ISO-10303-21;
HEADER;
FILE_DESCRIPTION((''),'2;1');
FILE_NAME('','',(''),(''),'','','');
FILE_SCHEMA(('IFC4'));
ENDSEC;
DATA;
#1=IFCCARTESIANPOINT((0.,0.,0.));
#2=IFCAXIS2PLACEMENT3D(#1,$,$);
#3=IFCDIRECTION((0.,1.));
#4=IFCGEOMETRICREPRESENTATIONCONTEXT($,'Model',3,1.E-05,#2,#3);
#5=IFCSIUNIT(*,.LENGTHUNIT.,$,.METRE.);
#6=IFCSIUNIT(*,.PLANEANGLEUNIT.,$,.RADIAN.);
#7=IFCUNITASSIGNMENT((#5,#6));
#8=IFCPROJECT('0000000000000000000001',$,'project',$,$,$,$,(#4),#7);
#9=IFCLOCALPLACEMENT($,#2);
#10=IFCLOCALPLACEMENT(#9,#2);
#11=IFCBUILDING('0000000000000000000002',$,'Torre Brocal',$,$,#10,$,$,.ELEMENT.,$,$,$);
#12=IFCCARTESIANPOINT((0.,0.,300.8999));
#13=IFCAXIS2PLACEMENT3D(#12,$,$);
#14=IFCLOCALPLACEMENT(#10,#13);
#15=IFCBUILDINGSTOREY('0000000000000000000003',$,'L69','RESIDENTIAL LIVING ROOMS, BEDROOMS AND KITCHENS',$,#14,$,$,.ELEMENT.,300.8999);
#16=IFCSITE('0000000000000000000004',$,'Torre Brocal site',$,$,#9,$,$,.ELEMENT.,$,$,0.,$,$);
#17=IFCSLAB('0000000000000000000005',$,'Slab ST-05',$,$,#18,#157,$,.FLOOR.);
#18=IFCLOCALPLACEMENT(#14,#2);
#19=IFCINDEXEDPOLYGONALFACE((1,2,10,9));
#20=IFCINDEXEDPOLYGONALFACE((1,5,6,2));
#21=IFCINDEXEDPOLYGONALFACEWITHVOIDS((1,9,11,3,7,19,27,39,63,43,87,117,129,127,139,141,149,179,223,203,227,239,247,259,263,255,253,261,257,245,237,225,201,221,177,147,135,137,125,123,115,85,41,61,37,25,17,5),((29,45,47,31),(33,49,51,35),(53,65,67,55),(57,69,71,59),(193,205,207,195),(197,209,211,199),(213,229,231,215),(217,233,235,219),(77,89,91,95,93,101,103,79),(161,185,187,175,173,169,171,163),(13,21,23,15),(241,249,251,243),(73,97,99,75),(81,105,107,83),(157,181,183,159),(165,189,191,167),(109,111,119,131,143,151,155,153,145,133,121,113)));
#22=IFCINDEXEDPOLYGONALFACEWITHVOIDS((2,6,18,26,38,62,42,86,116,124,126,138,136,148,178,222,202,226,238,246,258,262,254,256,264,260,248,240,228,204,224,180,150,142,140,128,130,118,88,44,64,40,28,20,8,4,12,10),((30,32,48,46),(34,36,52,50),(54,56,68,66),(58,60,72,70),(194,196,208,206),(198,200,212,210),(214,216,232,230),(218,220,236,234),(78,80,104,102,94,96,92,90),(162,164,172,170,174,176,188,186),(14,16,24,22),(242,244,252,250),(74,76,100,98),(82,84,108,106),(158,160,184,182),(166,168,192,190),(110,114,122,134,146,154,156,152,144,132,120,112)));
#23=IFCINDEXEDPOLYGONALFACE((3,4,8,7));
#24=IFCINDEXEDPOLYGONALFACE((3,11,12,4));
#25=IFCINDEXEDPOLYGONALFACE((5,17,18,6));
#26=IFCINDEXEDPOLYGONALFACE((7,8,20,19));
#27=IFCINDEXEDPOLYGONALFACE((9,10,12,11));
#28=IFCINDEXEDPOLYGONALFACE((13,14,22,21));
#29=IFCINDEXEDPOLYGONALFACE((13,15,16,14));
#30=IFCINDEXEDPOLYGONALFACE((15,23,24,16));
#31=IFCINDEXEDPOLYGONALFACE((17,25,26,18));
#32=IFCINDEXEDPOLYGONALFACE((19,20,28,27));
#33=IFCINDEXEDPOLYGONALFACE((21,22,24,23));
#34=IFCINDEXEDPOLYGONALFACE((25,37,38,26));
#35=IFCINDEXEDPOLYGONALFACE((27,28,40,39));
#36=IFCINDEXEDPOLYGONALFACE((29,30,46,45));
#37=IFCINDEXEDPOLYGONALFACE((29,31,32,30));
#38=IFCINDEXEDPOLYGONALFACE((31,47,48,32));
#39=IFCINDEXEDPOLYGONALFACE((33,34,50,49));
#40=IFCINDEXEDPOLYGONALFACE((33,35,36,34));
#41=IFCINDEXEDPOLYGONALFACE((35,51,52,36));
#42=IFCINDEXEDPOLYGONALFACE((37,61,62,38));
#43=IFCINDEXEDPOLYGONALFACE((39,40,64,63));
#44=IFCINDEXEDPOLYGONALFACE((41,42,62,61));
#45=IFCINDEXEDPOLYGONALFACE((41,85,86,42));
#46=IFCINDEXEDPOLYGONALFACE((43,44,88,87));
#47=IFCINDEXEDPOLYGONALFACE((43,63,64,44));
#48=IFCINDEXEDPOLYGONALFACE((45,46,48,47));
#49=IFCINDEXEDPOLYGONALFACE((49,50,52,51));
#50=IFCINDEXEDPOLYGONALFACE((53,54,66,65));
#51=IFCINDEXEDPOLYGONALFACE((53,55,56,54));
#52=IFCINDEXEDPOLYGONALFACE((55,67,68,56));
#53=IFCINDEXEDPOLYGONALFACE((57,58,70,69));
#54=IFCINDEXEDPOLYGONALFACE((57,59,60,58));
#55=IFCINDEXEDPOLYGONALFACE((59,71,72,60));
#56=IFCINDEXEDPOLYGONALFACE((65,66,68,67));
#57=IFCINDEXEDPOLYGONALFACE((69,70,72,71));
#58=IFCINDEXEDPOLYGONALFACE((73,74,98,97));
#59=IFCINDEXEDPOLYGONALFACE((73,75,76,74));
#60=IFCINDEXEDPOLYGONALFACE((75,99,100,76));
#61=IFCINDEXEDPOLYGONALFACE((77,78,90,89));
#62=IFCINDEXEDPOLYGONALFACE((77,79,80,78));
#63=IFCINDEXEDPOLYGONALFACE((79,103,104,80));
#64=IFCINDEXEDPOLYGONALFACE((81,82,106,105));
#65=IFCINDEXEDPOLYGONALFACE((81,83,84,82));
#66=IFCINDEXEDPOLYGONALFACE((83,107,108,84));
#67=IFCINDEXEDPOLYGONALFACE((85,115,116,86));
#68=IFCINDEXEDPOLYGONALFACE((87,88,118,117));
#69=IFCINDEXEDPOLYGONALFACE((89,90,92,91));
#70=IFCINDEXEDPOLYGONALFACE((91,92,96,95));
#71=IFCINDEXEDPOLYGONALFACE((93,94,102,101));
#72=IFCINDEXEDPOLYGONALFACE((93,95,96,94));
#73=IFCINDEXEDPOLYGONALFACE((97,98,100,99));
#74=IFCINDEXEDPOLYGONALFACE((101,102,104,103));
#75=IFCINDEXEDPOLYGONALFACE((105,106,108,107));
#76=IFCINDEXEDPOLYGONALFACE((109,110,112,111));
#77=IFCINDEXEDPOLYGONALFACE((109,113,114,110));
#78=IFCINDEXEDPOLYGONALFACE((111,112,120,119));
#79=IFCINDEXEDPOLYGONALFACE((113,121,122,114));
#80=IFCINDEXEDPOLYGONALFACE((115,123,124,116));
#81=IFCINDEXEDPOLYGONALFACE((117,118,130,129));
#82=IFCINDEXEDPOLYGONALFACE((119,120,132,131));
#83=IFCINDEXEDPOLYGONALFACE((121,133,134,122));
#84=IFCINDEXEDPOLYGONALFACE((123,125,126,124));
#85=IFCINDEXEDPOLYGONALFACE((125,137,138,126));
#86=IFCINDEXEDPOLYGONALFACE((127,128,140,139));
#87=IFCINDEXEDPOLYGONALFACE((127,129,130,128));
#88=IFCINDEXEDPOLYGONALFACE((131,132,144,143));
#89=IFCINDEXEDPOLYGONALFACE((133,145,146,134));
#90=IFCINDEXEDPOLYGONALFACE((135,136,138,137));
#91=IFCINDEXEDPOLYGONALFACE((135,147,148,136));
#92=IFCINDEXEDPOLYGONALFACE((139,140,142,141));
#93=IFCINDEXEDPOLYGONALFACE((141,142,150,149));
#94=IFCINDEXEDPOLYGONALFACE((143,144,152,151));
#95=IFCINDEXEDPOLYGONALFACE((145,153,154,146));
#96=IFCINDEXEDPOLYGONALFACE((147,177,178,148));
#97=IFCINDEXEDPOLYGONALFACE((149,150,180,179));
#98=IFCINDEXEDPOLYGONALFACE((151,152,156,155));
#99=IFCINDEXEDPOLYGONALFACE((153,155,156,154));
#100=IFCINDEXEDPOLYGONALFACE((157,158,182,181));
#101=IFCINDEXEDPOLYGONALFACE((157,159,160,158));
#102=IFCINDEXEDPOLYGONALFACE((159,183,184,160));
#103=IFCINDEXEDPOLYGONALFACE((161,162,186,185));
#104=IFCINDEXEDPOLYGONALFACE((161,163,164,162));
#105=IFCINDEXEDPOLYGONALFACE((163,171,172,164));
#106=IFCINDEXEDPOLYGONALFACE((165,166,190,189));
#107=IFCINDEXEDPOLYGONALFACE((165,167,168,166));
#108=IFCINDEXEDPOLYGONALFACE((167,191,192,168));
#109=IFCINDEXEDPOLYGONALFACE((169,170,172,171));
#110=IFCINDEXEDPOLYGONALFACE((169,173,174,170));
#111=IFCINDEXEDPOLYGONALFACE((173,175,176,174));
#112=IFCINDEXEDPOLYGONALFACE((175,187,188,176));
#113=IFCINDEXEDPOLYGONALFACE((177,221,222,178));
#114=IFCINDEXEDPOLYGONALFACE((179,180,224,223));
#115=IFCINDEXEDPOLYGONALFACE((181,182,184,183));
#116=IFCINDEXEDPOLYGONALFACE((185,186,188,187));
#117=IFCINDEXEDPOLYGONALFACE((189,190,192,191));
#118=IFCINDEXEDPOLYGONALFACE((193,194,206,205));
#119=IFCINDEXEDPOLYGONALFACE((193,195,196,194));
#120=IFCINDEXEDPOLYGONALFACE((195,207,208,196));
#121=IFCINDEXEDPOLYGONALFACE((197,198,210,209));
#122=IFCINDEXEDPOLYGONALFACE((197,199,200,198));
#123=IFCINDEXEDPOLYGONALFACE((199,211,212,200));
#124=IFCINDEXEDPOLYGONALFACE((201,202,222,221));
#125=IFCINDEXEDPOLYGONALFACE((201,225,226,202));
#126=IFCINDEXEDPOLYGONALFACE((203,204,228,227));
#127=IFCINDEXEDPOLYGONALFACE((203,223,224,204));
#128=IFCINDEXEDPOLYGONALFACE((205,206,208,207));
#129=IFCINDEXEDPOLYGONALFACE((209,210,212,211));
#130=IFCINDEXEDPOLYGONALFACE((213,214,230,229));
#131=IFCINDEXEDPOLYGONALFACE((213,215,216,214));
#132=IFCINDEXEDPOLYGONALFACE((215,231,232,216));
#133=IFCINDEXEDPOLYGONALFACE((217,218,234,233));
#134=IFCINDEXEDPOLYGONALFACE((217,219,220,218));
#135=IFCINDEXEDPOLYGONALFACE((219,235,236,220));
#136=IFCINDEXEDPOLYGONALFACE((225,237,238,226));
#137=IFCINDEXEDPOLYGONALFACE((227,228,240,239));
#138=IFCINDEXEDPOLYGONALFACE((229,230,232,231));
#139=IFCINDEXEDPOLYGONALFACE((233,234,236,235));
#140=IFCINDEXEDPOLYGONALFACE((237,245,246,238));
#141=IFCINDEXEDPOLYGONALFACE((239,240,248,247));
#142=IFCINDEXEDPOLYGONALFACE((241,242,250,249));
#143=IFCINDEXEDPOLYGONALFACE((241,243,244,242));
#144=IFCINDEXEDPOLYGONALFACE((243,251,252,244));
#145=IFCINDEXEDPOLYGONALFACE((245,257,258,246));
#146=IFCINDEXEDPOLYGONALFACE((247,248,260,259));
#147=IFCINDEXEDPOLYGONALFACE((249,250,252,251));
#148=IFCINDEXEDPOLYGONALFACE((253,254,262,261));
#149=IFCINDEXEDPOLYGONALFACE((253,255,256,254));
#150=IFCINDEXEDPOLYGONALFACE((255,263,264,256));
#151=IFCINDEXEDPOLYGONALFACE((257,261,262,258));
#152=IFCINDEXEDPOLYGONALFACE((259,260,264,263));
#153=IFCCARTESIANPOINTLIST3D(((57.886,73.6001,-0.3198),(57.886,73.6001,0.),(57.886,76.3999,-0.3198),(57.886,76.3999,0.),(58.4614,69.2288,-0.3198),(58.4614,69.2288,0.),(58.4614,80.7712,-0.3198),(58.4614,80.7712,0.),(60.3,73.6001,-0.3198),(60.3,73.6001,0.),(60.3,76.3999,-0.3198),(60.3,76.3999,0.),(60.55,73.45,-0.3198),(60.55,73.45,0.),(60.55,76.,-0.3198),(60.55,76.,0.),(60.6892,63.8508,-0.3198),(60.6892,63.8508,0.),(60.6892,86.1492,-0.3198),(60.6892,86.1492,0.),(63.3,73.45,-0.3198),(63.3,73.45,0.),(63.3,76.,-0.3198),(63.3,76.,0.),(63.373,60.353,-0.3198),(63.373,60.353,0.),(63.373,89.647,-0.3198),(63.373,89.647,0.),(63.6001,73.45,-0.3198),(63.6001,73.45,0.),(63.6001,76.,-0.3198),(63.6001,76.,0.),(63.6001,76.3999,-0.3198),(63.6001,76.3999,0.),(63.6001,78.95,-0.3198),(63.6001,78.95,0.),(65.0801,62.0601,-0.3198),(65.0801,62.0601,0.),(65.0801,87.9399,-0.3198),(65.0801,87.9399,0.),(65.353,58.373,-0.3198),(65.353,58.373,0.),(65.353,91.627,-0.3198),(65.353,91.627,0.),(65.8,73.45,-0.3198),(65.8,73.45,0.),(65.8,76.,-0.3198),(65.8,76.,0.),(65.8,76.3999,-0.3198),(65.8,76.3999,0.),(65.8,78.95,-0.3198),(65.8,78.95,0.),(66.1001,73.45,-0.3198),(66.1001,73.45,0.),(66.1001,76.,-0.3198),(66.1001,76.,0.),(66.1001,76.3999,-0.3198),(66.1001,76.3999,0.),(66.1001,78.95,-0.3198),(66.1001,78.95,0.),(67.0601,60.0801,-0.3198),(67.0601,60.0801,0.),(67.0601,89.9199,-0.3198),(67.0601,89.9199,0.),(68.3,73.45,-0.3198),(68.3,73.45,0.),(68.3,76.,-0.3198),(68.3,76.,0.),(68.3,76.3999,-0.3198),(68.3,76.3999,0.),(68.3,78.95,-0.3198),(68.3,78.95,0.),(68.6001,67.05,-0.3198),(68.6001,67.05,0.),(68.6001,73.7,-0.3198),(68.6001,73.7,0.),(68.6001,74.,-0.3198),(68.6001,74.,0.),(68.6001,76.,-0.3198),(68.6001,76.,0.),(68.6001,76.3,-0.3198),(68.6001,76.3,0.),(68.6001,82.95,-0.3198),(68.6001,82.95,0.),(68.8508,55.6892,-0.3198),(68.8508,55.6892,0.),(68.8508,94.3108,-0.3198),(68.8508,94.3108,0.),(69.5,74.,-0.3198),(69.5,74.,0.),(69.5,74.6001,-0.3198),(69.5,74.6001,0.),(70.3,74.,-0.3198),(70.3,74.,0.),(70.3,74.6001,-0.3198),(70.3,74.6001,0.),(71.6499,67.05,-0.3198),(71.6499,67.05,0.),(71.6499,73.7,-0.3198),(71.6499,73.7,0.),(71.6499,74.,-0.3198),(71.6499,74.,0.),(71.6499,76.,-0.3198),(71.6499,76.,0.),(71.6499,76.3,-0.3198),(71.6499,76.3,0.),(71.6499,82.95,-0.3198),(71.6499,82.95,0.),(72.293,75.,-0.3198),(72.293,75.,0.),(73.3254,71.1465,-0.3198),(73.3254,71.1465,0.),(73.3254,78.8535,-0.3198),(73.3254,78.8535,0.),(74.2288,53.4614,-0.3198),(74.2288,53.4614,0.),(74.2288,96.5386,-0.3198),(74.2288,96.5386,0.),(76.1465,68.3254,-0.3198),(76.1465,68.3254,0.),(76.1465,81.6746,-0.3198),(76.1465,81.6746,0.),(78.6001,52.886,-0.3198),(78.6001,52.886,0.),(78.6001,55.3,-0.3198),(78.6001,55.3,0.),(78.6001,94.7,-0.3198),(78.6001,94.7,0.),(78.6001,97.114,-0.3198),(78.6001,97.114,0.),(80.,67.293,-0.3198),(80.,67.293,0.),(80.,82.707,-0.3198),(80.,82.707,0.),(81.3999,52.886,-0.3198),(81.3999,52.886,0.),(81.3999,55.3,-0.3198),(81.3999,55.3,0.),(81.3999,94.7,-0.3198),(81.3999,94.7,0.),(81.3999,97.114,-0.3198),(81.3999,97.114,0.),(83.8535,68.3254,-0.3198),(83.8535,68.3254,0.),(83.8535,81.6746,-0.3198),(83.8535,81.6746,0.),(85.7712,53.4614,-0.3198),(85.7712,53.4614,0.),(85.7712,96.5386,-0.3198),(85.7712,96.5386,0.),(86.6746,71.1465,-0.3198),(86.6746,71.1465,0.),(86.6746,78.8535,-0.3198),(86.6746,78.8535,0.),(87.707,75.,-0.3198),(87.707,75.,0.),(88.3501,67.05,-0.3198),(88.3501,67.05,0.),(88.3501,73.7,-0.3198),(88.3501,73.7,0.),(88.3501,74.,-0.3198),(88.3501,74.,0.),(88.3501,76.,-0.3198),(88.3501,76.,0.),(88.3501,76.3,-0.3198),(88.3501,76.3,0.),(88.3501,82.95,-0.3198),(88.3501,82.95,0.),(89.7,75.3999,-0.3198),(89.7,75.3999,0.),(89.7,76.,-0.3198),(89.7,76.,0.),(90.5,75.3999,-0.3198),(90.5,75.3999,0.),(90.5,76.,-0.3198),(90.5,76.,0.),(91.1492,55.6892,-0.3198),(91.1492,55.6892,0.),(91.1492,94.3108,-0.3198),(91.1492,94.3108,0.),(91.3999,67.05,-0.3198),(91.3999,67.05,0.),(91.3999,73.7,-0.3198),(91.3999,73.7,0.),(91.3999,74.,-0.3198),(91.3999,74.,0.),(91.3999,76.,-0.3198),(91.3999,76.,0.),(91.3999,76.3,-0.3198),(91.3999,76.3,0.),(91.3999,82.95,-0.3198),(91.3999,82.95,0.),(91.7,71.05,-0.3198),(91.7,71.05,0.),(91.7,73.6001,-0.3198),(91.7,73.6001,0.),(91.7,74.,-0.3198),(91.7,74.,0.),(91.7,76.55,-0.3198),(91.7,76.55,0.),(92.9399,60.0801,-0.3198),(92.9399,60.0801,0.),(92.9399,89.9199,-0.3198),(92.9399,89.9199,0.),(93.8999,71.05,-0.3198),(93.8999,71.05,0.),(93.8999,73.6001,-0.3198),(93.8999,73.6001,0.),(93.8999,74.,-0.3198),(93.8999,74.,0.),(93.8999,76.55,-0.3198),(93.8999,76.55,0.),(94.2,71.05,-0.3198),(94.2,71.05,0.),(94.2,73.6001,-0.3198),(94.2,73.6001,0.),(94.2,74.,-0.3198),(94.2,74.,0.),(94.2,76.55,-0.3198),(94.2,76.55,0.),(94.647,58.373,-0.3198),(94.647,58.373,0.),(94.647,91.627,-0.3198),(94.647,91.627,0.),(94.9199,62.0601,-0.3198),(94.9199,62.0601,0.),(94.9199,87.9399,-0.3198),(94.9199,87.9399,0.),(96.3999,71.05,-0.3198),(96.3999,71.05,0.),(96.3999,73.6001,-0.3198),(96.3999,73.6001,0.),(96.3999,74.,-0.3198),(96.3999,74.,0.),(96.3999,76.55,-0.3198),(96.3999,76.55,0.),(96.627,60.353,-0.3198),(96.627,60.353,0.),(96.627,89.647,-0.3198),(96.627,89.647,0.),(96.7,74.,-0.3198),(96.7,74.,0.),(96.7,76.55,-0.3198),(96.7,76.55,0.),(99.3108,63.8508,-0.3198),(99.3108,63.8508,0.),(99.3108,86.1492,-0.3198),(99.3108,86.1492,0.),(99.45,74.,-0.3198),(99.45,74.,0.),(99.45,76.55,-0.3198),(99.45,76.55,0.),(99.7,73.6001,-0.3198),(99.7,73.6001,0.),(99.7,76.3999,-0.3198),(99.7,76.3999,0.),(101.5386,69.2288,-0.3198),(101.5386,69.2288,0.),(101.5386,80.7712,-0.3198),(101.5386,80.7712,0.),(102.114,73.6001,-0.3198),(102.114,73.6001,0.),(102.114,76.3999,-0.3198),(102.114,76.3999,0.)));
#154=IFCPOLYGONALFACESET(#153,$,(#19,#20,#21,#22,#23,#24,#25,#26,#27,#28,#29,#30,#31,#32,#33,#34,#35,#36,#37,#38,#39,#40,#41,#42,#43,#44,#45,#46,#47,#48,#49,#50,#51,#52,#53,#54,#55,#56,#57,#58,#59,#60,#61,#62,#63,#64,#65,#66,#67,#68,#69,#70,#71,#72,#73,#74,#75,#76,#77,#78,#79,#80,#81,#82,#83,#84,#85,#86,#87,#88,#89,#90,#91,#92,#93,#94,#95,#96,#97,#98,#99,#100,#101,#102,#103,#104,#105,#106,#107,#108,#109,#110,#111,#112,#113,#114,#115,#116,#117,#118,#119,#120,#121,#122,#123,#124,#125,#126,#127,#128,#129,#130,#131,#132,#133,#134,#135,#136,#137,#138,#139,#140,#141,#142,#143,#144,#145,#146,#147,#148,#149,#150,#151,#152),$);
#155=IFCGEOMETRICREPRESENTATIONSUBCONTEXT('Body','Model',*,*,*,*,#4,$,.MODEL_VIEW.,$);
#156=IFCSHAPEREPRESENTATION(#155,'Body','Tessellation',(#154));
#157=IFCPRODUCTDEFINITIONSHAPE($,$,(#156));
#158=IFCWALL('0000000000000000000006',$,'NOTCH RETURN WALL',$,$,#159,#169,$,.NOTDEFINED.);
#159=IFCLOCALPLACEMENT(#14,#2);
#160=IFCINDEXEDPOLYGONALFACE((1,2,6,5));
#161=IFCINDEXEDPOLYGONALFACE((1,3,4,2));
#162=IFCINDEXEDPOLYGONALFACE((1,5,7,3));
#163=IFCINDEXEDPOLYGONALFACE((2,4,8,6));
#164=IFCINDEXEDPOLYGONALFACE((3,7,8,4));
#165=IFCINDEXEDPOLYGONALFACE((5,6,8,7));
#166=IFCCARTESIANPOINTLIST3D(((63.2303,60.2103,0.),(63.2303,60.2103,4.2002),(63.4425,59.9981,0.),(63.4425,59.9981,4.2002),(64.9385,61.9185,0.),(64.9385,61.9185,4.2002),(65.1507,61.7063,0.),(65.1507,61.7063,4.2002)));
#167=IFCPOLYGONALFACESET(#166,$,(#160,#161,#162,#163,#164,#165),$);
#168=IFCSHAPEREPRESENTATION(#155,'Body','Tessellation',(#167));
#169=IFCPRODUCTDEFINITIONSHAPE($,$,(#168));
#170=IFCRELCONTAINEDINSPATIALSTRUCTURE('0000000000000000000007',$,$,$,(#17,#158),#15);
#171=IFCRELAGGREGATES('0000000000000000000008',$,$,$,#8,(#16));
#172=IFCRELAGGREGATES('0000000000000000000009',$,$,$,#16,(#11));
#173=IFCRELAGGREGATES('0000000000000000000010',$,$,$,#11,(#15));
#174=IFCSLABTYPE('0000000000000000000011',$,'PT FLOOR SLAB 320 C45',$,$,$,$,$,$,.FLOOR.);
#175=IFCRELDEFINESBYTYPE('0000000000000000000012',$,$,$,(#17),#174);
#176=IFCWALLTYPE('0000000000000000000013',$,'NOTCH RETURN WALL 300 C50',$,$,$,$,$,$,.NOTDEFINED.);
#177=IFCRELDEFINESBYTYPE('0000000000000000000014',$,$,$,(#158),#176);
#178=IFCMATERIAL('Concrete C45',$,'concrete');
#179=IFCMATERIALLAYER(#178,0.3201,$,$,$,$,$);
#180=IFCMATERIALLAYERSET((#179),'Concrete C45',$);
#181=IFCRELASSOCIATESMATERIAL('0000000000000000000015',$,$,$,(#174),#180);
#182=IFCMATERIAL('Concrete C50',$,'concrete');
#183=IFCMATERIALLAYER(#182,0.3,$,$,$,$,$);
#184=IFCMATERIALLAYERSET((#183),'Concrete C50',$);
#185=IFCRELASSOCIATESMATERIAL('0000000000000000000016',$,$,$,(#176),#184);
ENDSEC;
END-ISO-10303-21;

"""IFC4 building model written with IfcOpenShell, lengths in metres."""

from ifc_helpers import new_model, si_unit, direction, frame, frame_2d, origin, place, context, subcontext, project, spatial, polyline, rectangle, outline, extrude, material, layer, layer_set, type_object, element, save


model = new_model("IFC4")

# Units and contexts
model_context = context("Model", 3, precision=1e-05, world=origin(), true_north=direction((0.0, 1.0)))
body_context = subcontext(model_context, "Body", "Model", "MODEL_VIEW")
ifc_project = project(units=[si_unit("LENGTHUNIT", "METRE"), si_unit("PLANEANGLEUNIT", "RADIAN")], contexts=[model_context])

# Site, building, storey
site_placement = place(None, origin())
site = spatial("IfcSite", under=ifc_project, at=site_placement, Name="Torre Brocal site", CompositionType="ELEMENT", RefElevation=0.0)
building_placement = place(site_placement, origin())
building = spatial("IfcBuilding", under=site, at=building_placement, Name="Torre Brocal", CompositionType="ELEMENT")
storey_placement = place(building_placement, frame((0.0, 0.0, 300.8999)))
storey = spatial("IfcBuildingStorey", under=building, at=storey_placement, Name="L69", Description="RESIDENTIAL LIVING ROOMS, BEDROOMS AND KITCHENS", CompositionType="ELEMENT", Elevation=300.8999)

# Slab
ifc_material_1 = material(Name="Concrete C45", Category="concrete")
ifc_layer_1 = layer(ifc_material_1, 0.3201)
ifc_layer_set_1 = layer_set([ifc_layer_1], Name="Concrete C45")
slab_type_1 = type_object("IfcSlabType", Name="PT FLOOR SLAB 320 C45", PredefinedType="FLOOR", material=ifc_layer_set_1)
slab_1_placement = place(storey_placement, frame((0.0, 0.0, -0.3198)))
element("IfcSlab", 1, at=slab_1_placement, inside=storey, type_object=slab_type_1, Name="Slab ST-05", PredefinedType="FLOOR", context=body_context, shape_type="SweptSolid", body=[
    extrude(outline(polyline([(99.7, 76.3999), (99.7, 73.6001), (102.114, 73.6001), (101.5386, 69.2288), (99.3108, 63.8508), (96.627, 60.353), (94.9199, 62.0601), (92.9399, 60.0801), (94.647, 58.373), (91.1492, 55.6892), (85.7712, 53.4614), (81.3999, 52.886), (81.3999, 55.3), (78.6001, 55.3), (78.6001, 52.886), (74.2288, 53.4614), (68.8508, 55.6892), (65.353, 58.373), (67.0601, 60.0801), (65.0801, 62.0601), (63.373, 60.353), (60.6892, 63.8508), (58.4614, 69.2288), (57.886, 73.6001), (60.3, 73.6001), (60.3, 76.3999), (57.886, 76.3999), (58.4614, 80.7712), (60.6892, 86.1492), (63.373, 89.647), (65.0801, 87.9399), (67.0601, 89.9199), (65.353, 91.627), (68.8508, 94.3108), (74.2288, 96.5386), (78.6001, 97.114), (78.6001, 94.7), (81.3999, 94.7), (81.3999, 97.114), (85.7712, 96.5386), (91.1492, 94.3108), (94.647, 91.627), (92.9399, 89.9199), (94.9199, 87.9399), (96.627, 89.647), (99.3108, 86.1492), (101.5386, 80.7712), (102.114, 76.3999), (99.7, 76.3999)]), holes=[polyline([(99.45, 76.55), (96.7, 76.55), (96.7, 74.0), (99.45, 74.0), (99.45, 76.55)]), polyline([(96.3999, 76.55), (94.2, 76.55), (94.2, 74.0), (96.3999, 74.0), (96.3999, 76.55)]), polyline([(96.3999, 73.6001), (94.2, 73.6001), (94.2, 71.05), (96.3999, 71.05), (96.3999, 73.6001)]), polyline([(93.8999, 76.55), (91.7, 76.55), (91.7, 74.0), (93.8999, 74.0), (93.8999, 76.55)]), polyline([(93.8999, 73.6001), (91.7, 73.6001), (91.7, 71.05), (93.8999, 71.05), (93.8999, 73.6001)]), polyline([(89.7, 76.0), (88.3501, 76.0), (88.3501, 74.0), (91.3999, 74.0), (91.3999, 76.0), (90.5, 76.0), (90.5, 75.3999), (89.7, 75.3999), (89.7, 76.0)]), polyline([(91.3999, 82.95), (88.3501, 82.95), (88.3501, 76.3), (91.3999, 76.3), (91.3999, 82.95)]), polyline([(91.3999, 73.7), (88.3501, 73.7), (88.3501, 67.05), (91.3999, 67.05), (91.3999, 73.7)]), polyline([(80.0, 82.707), (76.1465, 81.6746), (73.3254, 78.8535), (72.293, 75.0), (73.3254, 71.1465), (76.1465, 68.3254), (80.0, 67.293), (83.8535, 68.3254), (86.6746, 71.1465), (87.707, 75.0), (86.6746, 78.8535), (83.8535, 81.6746), (80.0, 82.707)]), polyline([(70.3, 74.0), (71.6499, 74.0), (71.6499, 76.0), (68.6001, 76.0), (68.6001, 74.0), (69.5, 74.0), (69.5, 74.6001), (70.3, 74.6001), (70.3, 74.0)]), polyline([(68.6001, 76.3), (71.6499, 76.3), (71.6499, 82.95), (68.6001, 82.95), (68.6001, 76.3)]), polyline([(68.6001, 67.05), (71.6499, 67.05), (71.6499, 73.7), (68.6001, 73.7), (68.6001, 67.05)]), polyline([(66.1001, 76.3999), (68.3, 76.3999), (68.3, 78.95), (66.1001, 78.95), (66.1001, 76.3999)]), polyline([(66.1001, 73.45), (68.3, 73.45), (68.3, 76.0), (66.1001, 76.0), (66.1001, 73.45)]), polyline([(63.6001, 76.3999), (65.8, 76.3999), (65.8, 78.95), (63.6001, 78.95), (63.6001, 76.3999)]), polyline([(63.6001, 73.45), (65.8, 73.45), (65.8, 76.0), (63.6001, 76.0), (63.6001, 73.45)]), polyline([(60.55, 73.45), (63.3, 73.45), (63.3, 76.0), (60.55, 76.0), (60.55, 73.45)])]), origin(), (0.0, 0.0, 1.0), 0.3198),
])

# Wall
ifc_material_2 = material(Name="Concrete C50", Category="concrete")
ifc_layer_2 = layer(ifc_material_2, 0.3)
ifc_layer_set_2 = layer_set([ifc_layer_2], Name="Concrete C50")
wall_type = type_object("IfcWallType", Name="NOTCH RETURN WALL 300 C50", PredefinedType="NOTDEFINED", material=ifc_layer_set_2)
for number, where, z_axis, x_axis, name in (
    (2, (65.0447, 61.8125, 0.0), (0.0, 0.0, 1.0), (-0.707107, -0.707107, 0.0), "NOTCH RETURN WALL"),
):
    element("IfcWall", number, at=place(storey_placement, frame(where, z_axis=z_axis, x_axis=x_axis)), inside=storey, type_object=wall_type, Name=name, PredefinedType="NOTDEFINED", context=body_context, shape_type="SweptSolid", body=[
        extrude(rectangle(XDim=2.4158, YDim=0.3, at=frame_2d((1.208, 0.0))), origin(), (0.0, 0.0, 1.0), 4.2002),
    ])

save(model, "model.ifc")
